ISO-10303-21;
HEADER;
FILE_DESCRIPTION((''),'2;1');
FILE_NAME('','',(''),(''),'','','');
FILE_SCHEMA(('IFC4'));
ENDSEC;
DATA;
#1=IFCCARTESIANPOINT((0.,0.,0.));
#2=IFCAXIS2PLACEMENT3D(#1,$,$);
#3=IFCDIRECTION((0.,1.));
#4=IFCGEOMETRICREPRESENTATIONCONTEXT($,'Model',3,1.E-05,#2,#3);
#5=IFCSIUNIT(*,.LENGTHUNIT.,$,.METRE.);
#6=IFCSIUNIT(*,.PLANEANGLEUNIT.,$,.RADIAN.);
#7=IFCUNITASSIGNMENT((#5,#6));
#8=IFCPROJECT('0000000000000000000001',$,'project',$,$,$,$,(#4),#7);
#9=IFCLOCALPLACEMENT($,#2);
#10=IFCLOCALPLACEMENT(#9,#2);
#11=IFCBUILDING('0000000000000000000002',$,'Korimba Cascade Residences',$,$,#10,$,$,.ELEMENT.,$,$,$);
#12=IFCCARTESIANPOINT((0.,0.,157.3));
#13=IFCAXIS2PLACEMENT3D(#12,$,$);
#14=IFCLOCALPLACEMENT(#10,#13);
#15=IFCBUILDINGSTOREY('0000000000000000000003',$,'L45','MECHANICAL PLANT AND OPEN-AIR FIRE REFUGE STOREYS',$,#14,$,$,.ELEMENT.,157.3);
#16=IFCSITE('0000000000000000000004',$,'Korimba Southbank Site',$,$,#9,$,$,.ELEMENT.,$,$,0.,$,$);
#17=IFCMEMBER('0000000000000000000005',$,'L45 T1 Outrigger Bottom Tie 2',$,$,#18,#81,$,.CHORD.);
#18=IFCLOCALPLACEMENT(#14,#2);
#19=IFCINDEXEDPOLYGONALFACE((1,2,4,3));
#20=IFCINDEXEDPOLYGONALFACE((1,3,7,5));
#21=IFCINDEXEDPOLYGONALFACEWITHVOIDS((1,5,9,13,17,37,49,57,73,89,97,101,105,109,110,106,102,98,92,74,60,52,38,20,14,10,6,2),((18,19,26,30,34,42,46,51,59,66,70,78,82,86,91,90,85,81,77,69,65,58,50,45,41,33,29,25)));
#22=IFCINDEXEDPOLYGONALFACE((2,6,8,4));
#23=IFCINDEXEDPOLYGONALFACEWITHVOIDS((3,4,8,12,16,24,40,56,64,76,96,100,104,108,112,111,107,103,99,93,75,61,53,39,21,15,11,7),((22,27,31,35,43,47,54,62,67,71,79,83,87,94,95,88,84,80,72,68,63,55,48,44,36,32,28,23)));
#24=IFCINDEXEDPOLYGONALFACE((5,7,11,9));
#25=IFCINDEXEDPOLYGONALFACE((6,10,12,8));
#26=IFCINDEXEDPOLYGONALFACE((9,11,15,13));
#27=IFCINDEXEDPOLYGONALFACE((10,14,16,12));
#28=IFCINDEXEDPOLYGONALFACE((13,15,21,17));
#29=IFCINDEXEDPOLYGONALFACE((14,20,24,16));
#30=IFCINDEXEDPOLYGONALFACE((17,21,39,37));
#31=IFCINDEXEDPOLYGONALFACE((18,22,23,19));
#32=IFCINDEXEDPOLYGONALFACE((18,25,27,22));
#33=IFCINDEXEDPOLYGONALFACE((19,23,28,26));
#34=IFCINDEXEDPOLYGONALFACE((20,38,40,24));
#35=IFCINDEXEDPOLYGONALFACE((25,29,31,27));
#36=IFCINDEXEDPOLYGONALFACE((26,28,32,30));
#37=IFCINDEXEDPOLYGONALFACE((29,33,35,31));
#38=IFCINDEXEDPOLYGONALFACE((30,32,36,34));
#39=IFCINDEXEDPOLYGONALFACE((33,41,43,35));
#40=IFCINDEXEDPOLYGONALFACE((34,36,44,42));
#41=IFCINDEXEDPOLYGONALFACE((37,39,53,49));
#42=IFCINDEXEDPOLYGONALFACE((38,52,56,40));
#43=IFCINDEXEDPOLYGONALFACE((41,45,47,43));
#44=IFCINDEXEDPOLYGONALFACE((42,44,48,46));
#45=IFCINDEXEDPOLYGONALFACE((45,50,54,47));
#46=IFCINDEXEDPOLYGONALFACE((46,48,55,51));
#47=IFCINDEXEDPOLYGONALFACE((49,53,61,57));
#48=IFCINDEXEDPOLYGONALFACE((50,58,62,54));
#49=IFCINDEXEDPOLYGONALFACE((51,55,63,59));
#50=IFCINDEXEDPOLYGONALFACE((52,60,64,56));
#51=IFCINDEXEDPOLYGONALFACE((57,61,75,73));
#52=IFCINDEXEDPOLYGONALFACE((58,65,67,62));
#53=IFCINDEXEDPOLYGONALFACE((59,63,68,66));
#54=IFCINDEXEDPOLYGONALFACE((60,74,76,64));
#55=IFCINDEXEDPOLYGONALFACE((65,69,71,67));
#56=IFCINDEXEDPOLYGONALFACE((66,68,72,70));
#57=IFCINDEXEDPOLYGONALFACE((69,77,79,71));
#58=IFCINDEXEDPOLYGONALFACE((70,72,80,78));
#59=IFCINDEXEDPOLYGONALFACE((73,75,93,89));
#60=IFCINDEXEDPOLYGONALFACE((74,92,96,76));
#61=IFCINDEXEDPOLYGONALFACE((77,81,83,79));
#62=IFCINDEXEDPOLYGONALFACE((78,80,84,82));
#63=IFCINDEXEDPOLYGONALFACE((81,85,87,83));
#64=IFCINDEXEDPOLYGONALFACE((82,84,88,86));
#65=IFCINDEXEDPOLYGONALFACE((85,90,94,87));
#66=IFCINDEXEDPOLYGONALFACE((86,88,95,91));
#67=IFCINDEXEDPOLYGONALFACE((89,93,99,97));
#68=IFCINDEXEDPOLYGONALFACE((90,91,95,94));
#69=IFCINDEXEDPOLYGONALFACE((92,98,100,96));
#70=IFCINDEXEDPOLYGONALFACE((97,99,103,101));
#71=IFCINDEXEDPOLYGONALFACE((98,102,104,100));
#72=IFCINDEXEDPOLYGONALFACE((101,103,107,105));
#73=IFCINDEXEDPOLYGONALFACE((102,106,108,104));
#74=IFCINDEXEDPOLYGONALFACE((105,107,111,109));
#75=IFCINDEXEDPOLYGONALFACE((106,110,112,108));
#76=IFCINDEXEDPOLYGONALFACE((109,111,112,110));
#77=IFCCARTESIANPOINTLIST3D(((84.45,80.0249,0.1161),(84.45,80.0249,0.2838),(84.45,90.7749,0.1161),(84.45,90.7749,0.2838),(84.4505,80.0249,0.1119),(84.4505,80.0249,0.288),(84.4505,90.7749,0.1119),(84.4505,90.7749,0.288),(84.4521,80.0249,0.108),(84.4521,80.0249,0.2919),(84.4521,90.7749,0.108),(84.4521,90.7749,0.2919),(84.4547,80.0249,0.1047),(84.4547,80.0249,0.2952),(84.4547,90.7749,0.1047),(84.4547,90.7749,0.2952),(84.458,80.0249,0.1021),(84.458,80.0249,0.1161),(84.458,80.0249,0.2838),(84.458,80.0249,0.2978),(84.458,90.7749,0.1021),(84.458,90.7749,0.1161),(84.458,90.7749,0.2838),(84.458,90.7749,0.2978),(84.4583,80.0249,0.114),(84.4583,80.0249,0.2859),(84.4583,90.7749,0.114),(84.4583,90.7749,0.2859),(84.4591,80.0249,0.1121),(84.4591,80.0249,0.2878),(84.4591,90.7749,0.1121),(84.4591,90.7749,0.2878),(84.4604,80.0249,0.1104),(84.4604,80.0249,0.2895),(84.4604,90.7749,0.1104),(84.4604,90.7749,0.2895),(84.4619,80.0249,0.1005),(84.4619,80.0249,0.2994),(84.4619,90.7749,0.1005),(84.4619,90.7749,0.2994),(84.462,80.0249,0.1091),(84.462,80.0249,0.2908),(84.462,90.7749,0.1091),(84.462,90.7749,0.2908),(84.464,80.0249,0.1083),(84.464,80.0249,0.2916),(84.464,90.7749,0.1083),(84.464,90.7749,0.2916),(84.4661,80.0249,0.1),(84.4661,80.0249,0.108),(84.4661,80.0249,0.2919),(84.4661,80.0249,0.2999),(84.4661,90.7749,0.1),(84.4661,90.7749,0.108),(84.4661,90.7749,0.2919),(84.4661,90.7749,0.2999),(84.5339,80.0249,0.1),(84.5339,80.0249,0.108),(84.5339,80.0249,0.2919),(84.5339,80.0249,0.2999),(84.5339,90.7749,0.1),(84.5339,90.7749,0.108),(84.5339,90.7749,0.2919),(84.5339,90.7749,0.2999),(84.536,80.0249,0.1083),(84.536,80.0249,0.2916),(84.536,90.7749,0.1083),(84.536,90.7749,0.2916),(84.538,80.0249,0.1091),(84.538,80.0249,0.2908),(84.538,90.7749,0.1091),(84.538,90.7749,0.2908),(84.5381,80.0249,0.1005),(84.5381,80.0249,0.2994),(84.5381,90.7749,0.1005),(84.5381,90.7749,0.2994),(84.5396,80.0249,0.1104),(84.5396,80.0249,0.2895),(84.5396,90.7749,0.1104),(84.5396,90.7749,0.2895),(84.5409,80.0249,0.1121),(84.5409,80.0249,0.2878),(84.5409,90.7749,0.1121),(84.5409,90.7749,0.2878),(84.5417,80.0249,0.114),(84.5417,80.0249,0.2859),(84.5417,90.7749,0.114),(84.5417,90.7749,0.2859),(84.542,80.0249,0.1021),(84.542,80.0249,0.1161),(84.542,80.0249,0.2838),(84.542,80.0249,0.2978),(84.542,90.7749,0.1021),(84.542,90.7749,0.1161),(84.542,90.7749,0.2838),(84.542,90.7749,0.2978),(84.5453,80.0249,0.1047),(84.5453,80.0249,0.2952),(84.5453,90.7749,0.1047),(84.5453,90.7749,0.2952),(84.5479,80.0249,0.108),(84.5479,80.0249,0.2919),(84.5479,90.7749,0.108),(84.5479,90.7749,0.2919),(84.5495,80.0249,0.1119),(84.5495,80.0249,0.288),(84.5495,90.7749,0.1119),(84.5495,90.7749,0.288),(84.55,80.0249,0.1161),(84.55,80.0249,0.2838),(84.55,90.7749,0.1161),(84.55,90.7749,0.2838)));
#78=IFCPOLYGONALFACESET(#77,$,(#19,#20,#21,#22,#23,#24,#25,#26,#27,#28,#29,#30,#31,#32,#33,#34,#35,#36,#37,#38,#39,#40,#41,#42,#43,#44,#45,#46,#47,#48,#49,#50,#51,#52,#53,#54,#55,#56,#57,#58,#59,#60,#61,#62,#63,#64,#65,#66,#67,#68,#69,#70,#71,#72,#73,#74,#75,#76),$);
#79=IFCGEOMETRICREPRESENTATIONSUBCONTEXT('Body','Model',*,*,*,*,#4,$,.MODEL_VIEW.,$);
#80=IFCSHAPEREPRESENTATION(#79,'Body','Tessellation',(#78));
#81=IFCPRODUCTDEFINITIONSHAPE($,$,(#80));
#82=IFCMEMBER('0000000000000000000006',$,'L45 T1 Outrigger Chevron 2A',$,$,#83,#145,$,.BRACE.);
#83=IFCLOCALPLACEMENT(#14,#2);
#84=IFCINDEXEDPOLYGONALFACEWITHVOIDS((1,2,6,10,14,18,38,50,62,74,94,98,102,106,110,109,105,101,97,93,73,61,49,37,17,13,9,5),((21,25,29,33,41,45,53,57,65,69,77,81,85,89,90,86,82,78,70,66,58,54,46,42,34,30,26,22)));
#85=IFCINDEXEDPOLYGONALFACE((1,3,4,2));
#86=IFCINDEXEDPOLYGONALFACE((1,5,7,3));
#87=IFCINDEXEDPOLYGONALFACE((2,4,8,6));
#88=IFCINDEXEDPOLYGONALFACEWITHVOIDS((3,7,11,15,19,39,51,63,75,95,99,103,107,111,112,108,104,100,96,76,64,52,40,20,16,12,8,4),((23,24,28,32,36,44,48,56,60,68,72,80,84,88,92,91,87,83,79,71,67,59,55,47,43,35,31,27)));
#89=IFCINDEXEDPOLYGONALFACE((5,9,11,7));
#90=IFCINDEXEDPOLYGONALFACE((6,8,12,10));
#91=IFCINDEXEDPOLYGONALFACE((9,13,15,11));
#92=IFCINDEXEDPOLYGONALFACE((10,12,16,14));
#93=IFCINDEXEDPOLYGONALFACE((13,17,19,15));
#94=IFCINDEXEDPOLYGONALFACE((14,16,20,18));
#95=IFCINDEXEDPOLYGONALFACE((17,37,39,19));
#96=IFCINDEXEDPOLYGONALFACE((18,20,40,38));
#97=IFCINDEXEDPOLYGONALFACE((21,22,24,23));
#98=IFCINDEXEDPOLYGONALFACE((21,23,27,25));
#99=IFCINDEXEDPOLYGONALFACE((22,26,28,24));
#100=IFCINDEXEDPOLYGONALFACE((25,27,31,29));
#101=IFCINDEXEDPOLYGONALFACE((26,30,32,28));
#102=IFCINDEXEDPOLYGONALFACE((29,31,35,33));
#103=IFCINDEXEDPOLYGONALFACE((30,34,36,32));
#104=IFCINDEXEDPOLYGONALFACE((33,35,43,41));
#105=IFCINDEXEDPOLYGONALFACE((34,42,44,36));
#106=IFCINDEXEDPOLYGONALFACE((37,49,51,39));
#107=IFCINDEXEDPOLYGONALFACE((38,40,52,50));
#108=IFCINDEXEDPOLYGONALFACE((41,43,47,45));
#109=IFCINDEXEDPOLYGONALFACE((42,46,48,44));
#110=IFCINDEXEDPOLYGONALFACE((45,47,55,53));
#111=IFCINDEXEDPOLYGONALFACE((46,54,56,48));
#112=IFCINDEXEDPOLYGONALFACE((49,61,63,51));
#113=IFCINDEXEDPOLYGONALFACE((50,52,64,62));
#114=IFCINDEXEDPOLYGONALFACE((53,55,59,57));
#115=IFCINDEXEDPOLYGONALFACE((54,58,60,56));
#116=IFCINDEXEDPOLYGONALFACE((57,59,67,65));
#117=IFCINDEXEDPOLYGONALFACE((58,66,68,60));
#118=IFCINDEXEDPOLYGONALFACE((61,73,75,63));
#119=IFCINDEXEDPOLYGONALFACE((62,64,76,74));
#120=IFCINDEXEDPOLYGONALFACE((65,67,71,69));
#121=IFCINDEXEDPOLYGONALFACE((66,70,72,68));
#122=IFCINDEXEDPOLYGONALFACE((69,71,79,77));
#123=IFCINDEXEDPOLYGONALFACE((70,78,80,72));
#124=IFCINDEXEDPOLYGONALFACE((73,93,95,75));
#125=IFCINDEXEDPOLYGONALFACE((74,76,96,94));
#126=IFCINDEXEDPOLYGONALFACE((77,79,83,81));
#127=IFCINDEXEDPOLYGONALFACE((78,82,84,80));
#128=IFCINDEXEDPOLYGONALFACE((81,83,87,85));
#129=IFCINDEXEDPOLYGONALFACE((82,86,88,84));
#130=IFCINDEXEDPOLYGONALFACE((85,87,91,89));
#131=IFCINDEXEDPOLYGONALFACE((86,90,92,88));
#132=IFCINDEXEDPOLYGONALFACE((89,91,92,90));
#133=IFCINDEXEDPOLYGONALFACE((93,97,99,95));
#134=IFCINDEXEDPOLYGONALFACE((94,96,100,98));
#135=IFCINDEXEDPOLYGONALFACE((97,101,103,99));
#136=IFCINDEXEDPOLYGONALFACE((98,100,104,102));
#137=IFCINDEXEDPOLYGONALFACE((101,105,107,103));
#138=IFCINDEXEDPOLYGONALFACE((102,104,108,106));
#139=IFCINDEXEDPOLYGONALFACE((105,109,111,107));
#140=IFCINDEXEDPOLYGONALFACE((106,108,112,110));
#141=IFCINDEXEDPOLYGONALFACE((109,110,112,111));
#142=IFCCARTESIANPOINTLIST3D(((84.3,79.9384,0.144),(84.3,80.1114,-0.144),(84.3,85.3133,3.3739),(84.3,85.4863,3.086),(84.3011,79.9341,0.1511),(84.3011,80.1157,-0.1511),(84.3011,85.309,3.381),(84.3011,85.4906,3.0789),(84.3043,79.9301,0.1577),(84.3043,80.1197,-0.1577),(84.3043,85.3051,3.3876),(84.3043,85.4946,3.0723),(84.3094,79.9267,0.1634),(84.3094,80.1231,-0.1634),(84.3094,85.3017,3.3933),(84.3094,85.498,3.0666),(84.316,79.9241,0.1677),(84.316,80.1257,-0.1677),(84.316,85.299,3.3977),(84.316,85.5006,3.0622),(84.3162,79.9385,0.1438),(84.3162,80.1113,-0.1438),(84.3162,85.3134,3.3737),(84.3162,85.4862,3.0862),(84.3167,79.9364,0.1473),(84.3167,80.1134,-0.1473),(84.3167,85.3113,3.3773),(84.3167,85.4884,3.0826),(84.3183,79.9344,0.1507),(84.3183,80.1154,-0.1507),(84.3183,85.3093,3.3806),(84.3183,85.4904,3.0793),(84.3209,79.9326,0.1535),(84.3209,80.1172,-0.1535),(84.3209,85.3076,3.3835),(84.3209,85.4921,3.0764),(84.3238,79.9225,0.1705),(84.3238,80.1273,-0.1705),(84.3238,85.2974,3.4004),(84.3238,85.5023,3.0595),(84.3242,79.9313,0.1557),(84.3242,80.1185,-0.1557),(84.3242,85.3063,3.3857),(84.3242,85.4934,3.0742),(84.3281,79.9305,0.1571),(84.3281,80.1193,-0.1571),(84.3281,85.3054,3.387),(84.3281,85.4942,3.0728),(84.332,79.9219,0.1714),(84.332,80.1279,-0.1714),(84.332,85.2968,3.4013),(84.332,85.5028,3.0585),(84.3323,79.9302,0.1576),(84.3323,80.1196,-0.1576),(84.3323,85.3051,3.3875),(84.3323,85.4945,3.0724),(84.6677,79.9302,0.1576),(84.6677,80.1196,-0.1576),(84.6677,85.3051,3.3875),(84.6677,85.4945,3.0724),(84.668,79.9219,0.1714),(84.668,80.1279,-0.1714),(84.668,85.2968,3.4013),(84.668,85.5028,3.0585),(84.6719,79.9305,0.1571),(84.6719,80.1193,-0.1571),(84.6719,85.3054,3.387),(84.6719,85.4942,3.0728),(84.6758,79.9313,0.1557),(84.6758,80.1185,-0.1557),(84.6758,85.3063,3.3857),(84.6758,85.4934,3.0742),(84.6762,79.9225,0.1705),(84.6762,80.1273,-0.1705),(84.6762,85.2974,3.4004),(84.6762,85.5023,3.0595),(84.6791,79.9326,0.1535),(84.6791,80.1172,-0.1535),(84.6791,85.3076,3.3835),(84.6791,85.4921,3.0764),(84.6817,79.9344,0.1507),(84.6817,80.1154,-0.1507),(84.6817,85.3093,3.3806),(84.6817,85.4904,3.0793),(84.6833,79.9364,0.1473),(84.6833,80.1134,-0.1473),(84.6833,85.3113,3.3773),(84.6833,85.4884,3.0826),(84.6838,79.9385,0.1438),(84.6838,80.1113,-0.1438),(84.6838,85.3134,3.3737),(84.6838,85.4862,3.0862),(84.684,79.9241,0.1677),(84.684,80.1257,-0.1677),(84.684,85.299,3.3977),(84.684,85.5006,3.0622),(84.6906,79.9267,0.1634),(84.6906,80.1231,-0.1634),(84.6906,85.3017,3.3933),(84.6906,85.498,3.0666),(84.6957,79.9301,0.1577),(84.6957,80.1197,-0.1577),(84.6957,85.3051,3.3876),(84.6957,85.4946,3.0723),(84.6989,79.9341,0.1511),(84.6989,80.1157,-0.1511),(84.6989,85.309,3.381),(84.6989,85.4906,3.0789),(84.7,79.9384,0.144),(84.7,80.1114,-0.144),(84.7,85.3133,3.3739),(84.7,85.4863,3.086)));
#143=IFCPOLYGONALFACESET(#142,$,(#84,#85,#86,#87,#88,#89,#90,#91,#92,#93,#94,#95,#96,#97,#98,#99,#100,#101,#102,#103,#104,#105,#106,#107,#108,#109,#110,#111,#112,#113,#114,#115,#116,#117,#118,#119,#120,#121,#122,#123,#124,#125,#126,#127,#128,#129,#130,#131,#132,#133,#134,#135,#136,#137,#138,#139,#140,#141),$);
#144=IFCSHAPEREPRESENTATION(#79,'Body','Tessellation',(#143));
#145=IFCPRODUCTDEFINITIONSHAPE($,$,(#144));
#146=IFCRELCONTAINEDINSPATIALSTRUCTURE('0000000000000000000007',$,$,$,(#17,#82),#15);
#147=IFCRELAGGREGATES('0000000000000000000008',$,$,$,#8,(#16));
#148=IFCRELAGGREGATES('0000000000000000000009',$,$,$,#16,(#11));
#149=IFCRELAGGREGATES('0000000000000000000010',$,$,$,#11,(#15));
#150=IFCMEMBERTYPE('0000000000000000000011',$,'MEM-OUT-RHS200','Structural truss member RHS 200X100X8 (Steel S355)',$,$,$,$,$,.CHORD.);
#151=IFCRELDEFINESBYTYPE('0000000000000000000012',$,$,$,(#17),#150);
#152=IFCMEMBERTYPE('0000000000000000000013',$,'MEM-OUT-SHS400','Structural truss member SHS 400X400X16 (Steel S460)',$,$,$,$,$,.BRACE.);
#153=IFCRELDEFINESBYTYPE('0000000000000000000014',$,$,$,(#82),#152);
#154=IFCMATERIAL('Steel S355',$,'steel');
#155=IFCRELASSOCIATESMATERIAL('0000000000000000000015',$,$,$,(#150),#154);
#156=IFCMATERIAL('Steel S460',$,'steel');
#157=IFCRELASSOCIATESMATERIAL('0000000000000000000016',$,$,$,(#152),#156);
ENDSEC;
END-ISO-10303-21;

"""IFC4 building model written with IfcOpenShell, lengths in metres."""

from ifc_helpers import new_model, si_unit, direction, frame, origin, origin_2d, place, context, subcontext, project, spatial, hollow_rectangle, extrude, material, material_profile, profile_set, type_object, element, save


model = new_model("IFC4")

# Units and contexts
model_context = context("Model", 3, precision=1e-05, world=origin(), true_north=direction((0.0, 1.0)))
body_context = subcontext(model_context, "Body", "Model", "MODEL_VIEW")
ifc_project = project(units=[si_unit("LENGTHUNIT", "METRE"), si_unit("PLANEANGLEUNIT", "RADIAN")], contexts=[model_context])

# Site, building, storey
site_placement = place(None, origin())
site = spatial("IfcSite", under=ifc_project, at=site_placement, Name="Korimba Southbank Site", CompositionType="ELEMENT", RefElevation=0.0)
building_placement = place(site_placement, origin())
building = spatial("IfcBuilding", under=site, at=building_placement, Name="Korimba Cascade Residences", CompositionType="ELEMENT")
storey_placement = place(building_placement, frame((0.0, 0.0, 157.3)))
storey = spatial("IfcBuildingStorey", under=building, at=storey_placement, Name="L45", Description="MECHANICAL PLANT AND OPEN-AIR FIRE REFUGE STOREYS", CompositionType="ELEMENT", Elevation=157.3)

# Shared definitions
ifc_material_1 = material(Name="Steel S355", Category="steel")

# Members
ifc_material_2 = material(Name="Steel S460", Category="steel")
ifc_material_profile_1 = material_profile(ifc_material_1, hollow_rectangle(XDim=0.1001, YDim=0.2, WallThickness=0.0081, InnerFilletRadius=0.0081, OuterFilletRadius=0.0161, at=origin_2d()), Name="Steel S355")
ifc_profile_set_1 = profile_set([ifc_material_profile_1], Name="Steel S355")
member_type_1 = type_object("IfcMemberType", Name="MEM-OUT-RHS200", Description="Structural truss member RHS 200X100X8 (Steel S355)", PredefinedType="CHORD", material=ifc_profile_set_1)
member_1_placement = place(storey_placement, frame((84.5, 80.0249, 0.2), z_axis=(0.0, 1.0, 0.0), x_axis=(-1.0, 0.0, 0.0)))
element("IfcMember", 1, at=member_1_placement, inside=storey, type_object=member_type_1, Name="L45 T1 Outrigger Bottom Tie 2", PredefinedType="CHORD", context=body_context, shape_type="SweptSolid", body=[
    extrude(hollow_rectangle(XDim=0.1001, YDim=0.2, WallThickness=0.0081, InnerFilletRadius=0.0081, OuterFilletRadius=0.0161, at=origin_2d()), origin(), (0.0, 0.0, 1.0), 10.75),
])
ifc_material_profile_2 = material_profile(ifc_material_2, hollow_rectangle(XDim=0.3999, YDim=0.3999, WallThickness=0.0161, InnerFilletRadius=0.0161, OuterFilletRadius=0.032, at=origin_2d()), Name="Steel S460")
ifc_profile_set_2 = profile_set([ifc_material_profile_2], Name="Steel S460")
member_type_2 = type_object("IfcMemberType", Name="MEM-OUT-SHS400", Description="Structural truss member SHS 400X400X16 (Steel S460)", PredefinedType="BRACE", material=ifc_profile_set_2)
for number, where, z_axis, x_axis, name in (
    (2, (84.5, 80.0249, 0.0), (0.0, 0.857142, 0.51508), (-1.0, 0.0, 0.0), "L45 T1 Outrigger Chevron 2A"),
):
    element("IfcMember", number, at=place(storey_placement, frame(where, z_axis=z_axis, x_axis=x_axis)), inside=storey, type_object=member_type_2, Name=name, PredefinedType="BRACE", context=body_context, shape_type="SweptSolid", body=[
        extrude(hollow_rectangle(XDim=0.3999, YDim=0.3999, WallThickness=0.0161, InnerFilletRadius=0.0161, OuterFilletRadius=0.032, at=origin_2d()), origin(), (0.0, 0.0, 1.0), 6.2708),
    ])

save(model, "model.ifc")
